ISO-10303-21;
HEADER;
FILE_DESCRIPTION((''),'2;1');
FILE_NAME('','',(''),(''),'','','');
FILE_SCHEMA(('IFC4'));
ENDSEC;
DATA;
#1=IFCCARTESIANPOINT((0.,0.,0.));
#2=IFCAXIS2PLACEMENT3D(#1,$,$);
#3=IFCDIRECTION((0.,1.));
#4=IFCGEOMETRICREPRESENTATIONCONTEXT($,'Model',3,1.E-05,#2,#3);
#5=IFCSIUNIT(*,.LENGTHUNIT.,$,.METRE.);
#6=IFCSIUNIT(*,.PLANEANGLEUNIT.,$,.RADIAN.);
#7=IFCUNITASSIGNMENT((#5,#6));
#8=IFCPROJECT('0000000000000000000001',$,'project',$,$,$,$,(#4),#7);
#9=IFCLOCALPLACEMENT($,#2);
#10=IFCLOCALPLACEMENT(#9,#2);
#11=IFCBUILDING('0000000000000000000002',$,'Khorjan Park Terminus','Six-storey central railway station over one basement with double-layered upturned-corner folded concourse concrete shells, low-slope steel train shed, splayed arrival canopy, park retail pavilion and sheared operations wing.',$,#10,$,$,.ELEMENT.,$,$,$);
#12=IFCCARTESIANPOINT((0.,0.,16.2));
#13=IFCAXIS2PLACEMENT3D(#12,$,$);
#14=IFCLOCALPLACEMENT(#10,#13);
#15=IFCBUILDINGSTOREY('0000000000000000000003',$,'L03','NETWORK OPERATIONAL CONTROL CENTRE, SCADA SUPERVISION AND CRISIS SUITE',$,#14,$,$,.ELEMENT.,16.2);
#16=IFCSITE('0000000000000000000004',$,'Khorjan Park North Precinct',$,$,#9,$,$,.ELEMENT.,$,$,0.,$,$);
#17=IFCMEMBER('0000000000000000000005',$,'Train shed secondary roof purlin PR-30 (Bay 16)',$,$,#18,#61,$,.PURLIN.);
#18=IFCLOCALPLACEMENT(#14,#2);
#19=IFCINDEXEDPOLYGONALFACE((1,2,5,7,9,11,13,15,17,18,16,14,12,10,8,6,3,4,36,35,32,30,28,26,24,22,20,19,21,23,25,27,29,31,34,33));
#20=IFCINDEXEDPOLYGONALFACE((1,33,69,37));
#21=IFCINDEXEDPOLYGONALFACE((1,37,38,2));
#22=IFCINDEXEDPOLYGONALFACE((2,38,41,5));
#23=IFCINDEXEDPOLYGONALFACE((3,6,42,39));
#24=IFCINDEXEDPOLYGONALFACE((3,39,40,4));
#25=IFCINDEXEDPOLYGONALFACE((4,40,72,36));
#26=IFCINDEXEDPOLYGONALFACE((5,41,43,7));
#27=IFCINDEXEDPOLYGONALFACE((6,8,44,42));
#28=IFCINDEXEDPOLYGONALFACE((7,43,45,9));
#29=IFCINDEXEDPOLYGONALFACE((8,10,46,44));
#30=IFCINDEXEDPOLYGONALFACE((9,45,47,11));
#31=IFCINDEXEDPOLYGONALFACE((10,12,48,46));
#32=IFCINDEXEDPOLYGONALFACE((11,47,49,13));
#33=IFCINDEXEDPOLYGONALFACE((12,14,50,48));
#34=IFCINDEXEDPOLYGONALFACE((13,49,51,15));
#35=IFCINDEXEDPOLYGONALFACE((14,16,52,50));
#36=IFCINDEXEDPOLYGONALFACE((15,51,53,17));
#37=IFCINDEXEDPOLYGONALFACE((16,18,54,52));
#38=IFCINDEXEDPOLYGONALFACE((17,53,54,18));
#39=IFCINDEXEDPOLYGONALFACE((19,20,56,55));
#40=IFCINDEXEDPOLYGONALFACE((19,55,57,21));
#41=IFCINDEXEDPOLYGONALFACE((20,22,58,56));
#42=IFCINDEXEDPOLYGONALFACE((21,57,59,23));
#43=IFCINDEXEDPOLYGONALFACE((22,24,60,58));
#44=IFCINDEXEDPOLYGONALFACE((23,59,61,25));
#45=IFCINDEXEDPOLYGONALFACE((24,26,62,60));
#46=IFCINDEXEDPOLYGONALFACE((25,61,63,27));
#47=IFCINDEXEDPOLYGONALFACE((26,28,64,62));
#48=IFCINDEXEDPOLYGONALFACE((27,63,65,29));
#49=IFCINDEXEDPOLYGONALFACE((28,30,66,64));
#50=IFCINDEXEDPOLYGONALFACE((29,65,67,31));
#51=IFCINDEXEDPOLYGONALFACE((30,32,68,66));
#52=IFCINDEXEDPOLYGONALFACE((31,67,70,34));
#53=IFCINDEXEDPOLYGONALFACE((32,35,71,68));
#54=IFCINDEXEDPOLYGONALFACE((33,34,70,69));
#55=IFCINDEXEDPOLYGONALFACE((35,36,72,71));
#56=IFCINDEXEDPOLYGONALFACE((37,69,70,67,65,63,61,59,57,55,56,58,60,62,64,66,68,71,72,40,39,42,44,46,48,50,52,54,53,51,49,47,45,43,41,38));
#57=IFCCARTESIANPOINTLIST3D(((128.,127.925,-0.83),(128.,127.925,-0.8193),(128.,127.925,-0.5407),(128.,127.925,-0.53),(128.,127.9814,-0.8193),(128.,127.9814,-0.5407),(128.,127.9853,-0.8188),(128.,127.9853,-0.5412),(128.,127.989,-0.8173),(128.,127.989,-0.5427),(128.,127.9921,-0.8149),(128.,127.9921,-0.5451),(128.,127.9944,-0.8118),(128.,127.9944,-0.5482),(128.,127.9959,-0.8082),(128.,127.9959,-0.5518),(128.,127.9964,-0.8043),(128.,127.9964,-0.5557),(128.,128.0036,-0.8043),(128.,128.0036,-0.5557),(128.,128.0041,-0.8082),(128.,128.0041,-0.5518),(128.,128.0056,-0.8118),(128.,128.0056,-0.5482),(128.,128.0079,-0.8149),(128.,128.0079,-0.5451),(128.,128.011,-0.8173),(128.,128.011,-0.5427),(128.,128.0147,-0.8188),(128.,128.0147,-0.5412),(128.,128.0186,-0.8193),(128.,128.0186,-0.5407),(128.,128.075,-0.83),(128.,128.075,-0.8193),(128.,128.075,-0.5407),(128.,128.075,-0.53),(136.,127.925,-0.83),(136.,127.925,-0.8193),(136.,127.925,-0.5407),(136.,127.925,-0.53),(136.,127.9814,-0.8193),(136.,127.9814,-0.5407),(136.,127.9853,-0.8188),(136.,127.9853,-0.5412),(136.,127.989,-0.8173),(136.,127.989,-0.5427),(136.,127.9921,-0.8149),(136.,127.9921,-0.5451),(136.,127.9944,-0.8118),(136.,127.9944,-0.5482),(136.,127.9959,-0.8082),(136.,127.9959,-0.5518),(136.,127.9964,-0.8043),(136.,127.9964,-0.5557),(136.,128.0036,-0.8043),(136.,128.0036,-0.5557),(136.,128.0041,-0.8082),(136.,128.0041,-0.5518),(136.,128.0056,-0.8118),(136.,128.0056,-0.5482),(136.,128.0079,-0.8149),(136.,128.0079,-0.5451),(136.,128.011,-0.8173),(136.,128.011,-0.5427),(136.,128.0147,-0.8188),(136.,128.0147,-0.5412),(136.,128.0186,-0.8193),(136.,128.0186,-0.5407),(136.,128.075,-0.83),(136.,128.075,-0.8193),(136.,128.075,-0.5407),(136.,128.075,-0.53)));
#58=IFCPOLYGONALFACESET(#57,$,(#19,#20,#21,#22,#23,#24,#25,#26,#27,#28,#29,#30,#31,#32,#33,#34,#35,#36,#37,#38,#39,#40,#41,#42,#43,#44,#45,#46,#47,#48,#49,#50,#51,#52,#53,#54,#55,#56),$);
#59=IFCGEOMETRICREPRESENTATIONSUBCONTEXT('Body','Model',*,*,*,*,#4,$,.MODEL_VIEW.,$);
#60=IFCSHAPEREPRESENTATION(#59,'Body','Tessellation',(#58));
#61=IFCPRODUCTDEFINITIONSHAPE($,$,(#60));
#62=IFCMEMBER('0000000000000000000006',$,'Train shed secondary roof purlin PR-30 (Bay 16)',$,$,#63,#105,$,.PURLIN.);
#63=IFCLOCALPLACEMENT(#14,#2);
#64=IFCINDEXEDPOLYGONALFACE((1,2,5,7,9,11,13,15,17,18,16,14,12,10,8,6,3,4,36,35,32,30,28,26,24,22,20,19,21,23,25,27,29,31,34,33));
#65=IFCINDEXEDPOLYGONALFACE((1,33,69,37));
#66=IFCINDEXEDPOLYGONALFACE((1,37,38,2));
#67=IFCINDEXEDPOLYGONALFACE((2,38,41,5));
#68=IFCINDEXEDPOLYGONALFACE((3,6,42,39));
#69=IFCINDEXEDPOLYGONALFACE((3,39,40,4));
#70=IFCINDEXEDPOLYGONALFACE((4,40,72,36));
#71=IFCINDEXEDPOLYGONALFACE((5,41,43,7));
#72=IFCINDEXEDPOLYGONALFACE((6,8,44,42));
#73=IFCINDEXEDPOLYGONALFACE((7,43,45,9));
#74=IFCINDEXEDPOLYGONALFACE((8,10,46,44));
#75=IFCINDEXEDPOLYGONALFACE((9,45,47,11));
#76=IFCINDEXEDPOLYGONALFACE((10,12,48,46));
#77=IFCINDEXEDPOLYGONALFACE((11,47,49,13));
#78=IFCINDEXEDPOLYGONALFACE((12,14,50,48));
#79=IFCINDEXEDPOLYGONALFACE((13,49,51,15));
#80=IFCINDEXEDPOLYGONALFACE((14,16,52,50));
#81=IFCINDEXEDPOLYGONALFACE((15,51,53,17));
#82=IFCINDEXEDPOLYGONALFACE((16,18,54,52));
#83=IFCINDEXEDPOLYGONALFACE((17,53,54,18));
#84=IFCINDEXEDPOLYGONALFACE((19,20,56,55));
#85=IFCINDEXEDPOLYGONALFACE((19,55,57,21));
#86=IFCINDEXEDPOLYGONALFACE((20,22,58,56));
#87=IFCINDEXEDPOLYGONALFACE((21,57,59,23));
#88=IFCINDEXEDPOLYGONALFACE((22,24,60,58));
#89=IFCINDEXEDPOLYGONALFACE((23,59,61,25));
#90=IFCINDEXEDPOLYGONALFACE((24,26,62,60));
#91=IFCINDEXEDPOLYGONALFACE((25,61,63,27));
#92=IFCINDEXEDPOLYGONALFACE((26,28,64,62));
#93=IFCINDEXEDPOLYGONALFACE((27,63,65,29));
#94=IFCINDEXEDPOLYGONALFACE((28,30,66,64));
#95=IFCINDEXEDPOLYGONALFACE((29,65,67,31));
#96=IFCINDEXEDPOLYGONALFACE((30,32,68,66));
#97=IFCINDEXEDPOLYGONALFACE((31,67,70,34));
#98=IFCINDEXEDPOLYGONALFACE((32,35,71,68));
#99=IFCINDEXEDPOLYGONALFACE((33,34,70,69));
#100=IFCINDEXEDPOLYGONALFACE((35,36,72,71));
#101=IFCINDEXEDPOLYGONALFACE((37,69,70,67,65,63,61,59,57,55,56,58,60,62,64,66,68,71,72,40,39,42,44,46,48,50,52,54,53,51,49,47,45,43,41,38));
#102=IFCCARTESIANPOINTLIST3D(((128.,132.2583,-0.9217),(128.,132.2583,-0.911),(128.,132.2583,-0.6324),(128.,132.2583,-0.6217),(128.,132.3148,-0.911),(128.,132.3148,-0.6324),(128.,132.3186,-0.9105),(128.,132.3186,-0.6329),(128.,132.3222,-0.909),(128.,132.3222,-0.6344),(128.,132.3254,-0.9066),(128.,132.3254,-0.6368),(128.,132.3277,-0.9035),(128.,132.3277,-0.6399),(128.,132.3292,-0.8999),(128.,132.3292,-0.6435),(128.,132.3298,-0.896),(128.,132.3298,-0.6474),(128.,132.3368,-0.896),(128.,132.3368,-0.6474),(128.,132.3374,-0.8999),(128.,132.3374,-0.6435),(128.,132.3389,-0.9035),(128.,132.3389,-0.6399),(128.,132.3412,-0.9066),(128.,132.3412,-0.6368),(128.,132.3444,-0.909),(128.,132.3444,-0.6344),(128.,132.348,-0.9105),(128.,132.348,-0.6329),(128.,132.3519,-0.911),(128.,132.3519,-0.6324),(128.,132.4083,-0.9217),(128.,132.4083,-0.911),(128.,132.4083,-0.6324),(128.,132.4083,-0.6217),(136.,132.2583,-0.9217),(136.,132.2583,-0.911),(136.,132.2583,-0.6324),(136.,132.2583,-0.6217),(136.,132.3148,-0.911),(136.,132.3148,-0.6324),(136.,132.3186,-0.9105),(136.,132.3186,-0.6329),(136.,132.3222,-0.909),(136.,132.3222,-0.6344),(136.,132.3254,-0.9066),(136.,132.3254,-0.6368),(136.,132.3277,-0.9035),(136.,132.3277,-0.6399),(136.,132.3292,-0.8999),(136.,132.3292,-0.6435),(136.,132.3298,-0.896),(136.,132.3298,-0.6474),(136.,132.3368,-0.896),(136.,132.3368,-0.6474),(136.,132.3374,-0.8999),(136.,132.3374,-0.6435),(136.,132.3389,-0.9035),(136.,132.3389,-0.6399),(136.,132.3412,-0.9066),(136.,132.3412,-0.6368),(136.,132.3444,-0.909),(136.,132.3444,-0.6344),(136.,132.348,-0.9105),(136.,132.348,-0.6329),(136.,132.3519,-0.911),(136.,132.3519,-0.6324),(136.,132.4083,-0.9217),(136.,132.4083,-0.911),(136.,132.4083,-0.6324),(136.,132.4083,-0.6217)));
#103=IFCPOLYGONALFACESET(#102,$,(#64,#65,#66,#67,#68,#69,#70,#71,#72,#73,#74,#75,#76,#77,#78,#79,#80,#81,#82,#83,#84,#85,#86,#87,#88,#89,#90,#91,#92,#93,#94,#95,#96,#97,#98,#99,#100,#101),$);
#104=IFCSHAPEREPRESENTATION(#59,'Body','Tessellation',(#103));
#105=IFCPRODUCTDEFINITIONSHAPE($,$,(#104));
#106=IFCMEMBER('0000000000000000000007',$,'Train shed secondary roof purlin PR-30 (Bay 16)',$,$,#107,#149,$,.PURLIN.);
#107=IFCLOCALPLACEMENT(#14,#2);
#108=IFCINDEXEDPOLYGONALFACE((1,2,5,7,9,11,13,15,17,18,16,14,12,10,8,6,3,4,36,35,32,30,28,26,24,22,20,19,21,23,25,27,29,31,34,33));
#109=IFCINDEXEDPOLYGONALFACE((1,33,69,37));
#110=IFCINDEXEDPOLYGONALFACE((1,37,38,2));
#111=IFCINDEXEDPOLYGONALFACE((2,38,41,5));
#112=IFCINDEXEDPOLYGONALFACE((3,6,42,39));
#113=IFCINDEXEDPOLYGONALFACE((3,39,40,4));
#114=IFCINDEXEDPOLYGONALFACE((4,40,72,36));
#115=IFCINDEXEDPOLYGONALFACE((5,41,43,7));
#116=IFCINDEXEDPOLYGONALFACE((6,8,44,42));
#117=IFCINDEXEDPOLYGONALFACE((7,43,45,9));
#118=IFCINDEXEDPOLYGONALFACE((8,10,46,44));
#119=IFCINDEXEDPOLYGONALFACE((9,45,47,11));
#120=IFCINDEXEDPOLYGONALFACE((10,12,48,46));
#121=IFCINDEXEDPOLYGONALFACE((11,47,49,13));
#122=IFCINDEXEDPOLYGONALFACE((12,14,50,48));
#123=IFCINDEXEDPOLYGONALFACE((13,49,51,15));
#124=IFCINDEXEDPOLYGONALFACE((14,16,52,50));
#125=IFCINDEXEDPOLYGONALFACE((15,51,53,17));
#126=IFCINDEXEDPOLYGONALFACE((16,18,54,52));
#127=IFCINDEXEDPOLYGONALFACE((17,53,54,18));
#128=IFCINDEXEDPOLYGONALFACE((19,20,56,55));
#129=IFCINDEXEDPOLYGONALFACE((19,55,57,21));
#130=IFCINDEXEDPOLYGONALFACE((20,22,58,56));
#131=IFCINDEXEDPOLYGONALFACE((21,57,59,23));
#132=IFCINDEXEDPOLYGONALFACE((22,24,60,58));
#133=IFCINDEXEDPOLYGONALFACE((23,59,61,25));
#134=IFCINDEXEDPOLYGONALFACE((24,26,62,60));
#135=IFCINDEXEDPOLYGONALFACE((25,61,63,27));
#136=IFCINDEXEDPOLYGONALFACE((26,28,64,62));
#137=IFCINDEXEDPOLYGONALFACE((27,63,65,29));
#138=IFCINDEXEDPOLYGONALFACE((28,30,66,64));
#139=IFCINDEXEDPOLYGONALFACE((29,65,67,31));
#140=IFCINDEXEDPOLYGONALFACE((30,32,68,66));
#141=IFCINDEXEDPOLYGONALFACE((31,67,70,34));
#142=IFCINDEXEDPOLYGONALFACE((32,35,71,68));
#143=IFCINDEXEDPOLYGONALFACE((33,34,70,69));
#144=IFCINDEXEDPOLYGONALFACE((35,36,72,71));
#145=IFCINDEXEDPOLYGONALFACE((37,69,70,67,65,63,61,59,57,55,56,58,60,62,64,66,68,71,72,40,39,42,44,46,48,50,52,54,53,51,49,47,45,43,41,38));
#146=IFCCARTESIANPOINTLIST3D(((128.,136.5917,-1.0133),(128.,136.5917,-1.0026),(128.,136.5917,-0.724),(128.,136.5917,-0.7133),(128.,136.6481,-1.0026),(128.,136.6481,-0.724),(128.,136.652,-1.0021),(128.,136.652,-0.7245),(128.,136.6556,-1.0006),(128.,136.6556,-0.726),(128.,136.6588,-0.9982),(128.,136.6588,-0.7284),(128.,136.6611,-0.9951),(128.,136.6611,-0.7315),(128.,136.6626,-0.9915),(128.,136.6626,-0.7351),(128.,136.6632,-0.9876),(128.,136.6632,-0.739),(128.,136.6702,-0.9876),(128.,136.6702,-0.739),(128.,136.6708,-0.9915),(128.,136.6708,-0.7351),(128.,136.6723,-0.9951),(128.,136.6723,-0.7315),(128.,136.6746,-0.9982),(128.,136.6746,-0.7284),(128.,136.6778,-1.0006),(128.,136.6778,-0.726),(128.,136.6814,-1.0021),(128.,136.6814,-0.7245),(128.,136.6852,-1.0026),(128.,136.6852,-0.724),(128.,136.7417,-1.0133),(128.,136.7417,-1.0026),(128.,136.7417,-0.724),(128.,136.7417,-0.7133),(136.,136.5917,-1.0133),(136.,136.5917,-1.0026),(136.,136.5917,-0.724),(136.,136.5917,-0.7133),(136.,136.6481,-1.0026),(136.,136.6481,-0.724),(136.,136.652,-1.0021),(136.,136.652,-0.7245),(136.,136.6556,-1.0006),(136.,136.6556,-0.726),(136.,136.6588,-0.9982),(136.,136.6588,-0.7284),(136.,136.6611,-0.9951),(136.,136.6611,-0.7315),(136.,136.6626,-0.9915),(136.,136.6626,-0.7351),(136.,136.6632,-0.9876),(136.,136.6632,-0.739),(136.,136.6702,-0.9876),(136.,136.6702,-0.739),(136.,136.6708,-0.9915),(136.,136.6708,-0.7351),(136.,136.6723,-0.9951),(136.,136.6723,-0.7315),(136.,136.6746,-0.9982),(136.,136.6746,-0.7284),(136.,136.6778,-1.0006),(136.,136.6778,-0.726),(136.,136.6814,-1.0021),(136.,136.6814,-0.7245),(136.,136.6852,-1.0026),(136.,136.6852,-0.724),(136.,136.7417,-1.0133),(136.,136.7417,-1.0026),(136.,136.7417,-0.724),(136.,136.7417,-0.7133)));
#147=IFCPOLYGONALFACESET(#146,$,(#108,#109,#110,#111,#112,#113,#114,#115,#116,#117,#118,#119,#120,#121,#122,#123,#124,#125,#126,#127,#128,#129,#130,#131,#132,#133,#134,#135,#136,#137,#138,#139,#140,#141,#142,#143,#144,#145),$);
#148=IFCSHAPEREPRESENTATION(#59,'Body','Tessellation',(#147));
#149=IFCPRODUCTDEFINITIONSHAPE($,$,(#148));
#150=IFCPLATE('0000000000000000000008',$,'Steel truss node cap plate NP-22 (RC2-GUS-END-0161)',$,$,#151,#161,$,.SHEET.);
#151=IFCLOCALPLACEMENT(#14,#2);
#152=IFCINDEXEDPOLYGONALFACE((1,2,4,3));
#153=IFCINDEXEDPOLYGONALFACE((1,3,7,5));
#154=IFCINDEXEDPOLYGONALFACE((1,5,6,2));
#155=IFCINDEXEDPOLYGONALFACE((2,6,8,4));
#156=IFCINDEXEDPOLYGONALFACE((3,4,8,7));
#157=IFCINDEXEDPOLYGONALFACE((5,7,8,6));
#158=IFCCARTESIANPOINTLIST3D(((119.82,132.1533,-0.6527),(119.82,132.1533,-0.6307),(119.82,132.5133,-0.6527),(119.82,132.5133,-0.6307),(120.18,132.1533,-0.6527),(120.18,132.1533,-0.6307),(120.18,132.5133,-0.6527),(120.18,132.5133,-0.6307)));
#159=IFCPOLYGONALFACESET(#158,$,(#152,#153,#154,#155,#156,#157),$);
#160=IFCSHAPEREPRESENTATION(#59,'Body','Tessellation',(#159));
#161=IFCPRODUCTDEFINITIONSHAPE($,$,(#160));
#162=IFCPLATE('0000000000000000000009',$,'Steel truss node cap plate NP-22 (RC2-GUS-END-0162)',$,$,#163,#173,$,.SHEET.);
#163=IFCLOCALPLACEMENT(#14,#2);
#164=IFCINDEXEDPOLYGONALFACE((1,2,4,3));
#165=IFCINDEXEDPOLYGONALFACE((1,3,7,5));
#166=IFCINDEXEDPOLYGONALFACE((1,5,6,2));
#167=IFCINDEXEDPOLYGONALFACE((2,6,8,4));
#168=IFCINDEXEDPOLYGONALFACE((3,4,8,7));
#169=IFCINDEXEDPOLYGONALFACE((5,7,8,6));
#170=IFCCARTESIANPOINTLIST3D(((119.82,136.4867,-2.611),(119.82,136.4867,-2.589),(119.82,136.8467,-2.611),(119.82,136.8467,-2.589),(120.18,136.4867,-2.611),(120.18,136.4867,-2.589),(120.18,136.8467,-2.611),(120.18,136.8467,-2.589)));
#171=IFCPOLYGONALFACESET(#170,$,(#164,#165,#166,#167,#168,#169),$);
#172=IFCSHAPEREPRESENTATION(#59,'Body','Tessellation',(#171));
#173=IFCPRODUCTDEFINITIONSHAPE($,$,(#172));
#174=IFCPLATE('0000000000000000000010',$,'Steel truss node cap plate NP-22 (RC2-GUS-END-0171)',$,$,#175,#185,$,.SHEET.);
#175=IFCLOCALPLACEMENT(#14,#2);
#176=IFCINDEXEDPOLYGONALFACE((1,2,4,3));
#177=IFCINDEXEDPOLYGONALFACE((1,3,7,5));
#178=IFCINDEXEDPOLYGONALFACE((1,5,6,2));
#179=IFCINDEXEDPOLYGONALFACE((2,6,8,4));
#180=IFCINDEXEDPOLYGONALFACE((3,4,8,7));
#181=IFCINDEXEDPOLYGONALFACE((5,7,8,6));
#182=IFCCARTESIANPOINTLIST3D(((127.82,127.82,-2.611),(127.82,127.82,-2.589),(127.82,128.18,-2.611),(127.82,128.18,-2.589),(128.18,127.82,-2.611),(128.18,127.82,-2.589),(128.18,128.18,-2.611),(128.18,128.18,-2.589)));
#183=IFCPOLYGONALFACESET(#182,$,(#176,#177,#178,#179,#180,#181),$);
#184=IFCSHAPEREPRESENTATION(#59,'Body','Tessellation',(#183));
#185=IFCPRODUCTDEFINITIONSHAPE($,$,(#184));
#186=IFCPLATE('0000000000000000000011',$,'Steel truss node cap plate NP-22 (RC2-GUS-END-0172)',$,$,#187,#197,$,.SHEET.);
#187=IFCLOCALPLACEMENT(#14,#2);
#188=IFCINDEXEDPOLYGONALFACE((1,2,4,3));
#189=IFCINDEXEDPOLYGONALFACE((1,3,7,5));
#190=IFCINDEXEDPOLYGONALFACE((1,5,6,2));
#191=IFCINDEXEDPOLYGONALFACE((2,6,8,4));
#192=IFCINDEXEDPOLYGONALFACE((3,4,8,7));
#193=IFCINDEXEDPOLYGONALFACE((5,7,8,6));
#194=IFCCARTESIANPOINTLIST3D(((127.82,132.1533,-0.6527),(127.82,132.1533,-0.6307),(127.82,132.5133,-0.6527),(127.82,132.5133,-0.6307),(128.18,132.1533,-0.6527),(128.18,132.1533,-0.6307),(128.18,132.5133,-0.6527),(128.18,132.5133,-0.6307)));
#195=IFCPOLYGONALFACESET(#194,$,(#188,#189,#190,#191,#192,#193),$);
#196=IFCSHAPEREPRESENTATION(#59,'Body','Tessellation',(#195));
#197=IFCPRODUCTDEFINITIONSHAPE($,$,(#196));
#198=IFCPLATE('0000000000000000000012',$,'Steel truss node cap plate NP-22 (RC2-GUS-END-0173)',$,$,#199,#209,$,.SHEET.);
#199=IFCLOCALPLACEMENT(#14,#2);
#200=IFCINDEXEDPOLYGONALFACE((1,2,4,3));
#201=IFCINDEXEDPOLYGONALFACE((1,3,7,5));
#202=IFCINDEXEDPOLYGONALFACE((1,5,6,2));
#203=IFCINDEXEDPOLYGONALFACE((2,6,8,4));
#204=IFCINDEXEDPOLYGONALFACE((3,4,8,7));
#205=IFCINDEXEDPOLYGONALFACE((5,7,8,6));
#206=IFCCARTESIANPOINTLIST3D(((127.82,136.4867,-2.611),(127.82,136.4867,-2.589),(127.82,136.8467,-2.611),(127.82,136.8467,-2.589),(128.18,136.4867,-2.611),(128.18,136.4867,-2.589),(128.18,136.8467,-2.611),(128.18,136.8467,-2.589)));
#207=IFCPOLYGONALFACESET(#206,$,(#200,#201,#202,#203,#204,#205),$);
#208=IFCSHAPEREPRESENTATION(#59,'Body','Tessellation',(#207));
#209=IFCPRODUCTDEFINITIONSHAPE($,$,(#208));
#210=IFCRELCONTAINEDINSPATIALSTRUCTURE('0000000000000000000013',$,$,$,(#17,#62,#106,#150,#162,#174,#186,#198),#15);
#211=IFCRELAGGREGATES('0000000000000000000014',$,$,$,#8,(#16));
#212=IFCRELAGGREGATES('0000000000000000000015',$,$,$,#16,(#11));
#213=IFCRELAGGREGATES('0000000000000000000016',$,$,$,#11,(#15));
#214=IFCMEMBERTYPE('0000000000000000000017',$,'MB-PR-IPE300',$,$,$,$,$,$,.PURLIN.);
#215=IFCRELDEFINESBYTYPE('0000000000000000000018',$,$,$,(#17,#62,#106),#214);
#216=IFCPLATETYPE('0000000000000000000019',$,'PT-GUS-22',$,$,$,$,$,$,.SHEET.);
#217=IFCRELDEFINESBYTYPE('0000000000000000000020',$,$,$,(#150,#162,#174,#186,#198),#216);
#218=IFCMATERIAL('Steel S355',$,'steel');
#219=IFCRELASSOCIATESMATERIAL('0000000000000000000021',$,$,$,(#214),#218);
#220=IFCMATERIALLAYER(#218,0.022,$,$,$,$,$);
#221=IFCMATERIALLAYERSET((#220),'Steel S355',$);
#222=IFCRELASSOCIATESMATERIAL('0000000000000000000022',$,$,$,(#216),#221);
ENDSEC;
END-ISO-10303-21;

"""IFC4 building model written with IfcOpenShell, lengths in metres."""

from ifc_helpers import new_model, si_unit, direction, frame, origin, origin_2d, place, context, subcontext, project, spatial, rectangle, i_section, extrude, material, layer, layer_set, material_profile, profile_set, type_object, element, save


model = new_model("IFC4")

# Units and contexts
model_context = context("Model", 3, precision=1e-05, world=origin(), true_north=direction((0.0, 1.0)))
body_context = subcontext(model_context, "Body", "Model", "MODEL_VIEW")
ifc_project = project(units=[si_unit("LENGTHUNIT", "METRE"), si_unit("PLANEANGLEUNIT", "RADIAN")], contexts=[model_context])

# Site, building, storey
site_placement = place(None, origin())
site = spatial("IfcSite", under=ifc_project, at=site_placement, Name="Khorjan Park North Precinct", CompositionType="ELEMENT", RefElevation=0.0)
building_placement = place(site_placement, origin())
building = spatial("IfcBuilding", under=site, at=building_placement, Name="Khorjan Park Terminus", Description="Six-storey central railway station over one basement with double-layered upturned-corner folded concourse concrete shells, low-slope steel train shed, splayed arrival canopy, park retail pavilion and sheared operations wing.", CompositionType="ELEMENT")
storey_placement = place(building_placement, frame((0.0, 0.0, 16.2)))
storey = spatial("IfcBuildingStorey", under=building, at=storey_placement, Name="L03", Description="NETWORK OPERATIONAL CONTROL CENTRE, SCADA SUPERVISION AND CRISIS SUITE", CompositionType="ELEMENT", Elevation=16.2)

# Members
ifc_material_1 = material(Name="Steel S355", Category="steel")
ifc_material_profile_1 = material_profile(ifc_material_1, i_section(OverallWidth=0.15, OverallDepth=0.3, WebThickness=0.0071, FlangeThickness=0.0107, FilletRadius=0.015, at=origin_2d()), Name="IPE 300")
ifc_profile_set_1 = profile_set([ifc_material_profile_1], Name="Steel S355")
member_type_1 = type_object("IfcMemberType", Name="MB-PR-IPE300", PredefinedType="PURLIN", material=ifc_profile_set_1)
for number, where, z_axis, x_axis, name in (
    (1, (128.0, 128.0, -0.68), (1.0, 0.0, 0.0), (0.0, 1.0, 0.0), "Train shed secondary roof purlin PR-30 (Bay 16)"),
    (2, (128.0, 132.3333, -0.7717), (1.0, 0.0, 0.0), (0.0, 1.0, 0.0), "Train shed secondary roof purlin PR-30 (Bay 16)"),
    (3, (128.0, 136.6667, -0.8633), (1.0, 0.0, 0.0), (0.0, 1.0, 0.0), "Train shed secondary roof purlin PR-30 (Bay 16)"),
):
    element("IfcMember", number, at=place(storey_placement, frame(where, z_axis=z_axis, x_axis=x_axis)), inside=storey, type_object=member_type_1, Name=name, PredefinedType="PURLIN", context=body_context, shape_type="SweptSolid", body=[
        extrude(i_section(OverallWidth=0.15, OverallDepth=0.3, WebThickness=0.0071, FlangeThickness=0.0107, FilletRadius=0.015, at=origin_2d()), origin(), (0.0, 0.0, 1.0), 8.0),
    ])

# Plates
ifc_layer_1 = layer(ifc_material_1, 0.022)
ifc_layer_set_1 = layer_set([ifc_layer_1], Name="Steel S355")
plate_type = type_object("IfcPlateType", Name="PT-GUS-22", PredefinedType="SHEET", material=ifc_layer_set_1)
for number, where, z_axis, x_axis, name in (
    (4, (120.0, 132.3333, -0.6527), (0.0, 0.0, 1.0), (1.0, 0.0, 0.0), "Steel truss node cap plate NP-22 (RC2-GUS-END-0161)"),
    (5, (120.0, 136.6667, -2.611), (0.0, 0.0, 1.0), (1.0, 0.0, 0.0), "Steel truss node cap plate NP-22 (RC2-GUS-END-0162)"),
    (6, (128.0, 128.0, -2.611), (0.0, 0.0, 1.0), (1.0, 0.0, 0.0), "Steel truss node cap plate NP-22 (RC2-GUS-END-0171)"),
    (7, (128.0, 132.3333, -0.6527), (0.0, 0.0, 1.0), (1.0, 0.0, 0.0), "Steel truss node cap plate NP-22 (RC2-GUS-END-0172)"),
    (8, (128.0, 136.6667, -2.611), (0.0, 0.0, 1.0), (1.0, 0.0, 0.0), "Steel truss node cap plate NP-22 (RC2-GUS-END-0173)"),
):
    element("IfcPlate", number, at=place(storey_placement, frame(where, z_axis=z_axis, x_axis=x_axis)), inside=storey, type_object=plate_type, Name=name, PredefinedType="SHEET", context=body_context, shape_type="SweptSolid", body=[
        extrude(rectangle(XDim=0.36, YDim=0.36, at=origin_2d()), origin(), (0.0, 0.0, 1.0), 0.022),
    ])

save(model, "model.ifc")
